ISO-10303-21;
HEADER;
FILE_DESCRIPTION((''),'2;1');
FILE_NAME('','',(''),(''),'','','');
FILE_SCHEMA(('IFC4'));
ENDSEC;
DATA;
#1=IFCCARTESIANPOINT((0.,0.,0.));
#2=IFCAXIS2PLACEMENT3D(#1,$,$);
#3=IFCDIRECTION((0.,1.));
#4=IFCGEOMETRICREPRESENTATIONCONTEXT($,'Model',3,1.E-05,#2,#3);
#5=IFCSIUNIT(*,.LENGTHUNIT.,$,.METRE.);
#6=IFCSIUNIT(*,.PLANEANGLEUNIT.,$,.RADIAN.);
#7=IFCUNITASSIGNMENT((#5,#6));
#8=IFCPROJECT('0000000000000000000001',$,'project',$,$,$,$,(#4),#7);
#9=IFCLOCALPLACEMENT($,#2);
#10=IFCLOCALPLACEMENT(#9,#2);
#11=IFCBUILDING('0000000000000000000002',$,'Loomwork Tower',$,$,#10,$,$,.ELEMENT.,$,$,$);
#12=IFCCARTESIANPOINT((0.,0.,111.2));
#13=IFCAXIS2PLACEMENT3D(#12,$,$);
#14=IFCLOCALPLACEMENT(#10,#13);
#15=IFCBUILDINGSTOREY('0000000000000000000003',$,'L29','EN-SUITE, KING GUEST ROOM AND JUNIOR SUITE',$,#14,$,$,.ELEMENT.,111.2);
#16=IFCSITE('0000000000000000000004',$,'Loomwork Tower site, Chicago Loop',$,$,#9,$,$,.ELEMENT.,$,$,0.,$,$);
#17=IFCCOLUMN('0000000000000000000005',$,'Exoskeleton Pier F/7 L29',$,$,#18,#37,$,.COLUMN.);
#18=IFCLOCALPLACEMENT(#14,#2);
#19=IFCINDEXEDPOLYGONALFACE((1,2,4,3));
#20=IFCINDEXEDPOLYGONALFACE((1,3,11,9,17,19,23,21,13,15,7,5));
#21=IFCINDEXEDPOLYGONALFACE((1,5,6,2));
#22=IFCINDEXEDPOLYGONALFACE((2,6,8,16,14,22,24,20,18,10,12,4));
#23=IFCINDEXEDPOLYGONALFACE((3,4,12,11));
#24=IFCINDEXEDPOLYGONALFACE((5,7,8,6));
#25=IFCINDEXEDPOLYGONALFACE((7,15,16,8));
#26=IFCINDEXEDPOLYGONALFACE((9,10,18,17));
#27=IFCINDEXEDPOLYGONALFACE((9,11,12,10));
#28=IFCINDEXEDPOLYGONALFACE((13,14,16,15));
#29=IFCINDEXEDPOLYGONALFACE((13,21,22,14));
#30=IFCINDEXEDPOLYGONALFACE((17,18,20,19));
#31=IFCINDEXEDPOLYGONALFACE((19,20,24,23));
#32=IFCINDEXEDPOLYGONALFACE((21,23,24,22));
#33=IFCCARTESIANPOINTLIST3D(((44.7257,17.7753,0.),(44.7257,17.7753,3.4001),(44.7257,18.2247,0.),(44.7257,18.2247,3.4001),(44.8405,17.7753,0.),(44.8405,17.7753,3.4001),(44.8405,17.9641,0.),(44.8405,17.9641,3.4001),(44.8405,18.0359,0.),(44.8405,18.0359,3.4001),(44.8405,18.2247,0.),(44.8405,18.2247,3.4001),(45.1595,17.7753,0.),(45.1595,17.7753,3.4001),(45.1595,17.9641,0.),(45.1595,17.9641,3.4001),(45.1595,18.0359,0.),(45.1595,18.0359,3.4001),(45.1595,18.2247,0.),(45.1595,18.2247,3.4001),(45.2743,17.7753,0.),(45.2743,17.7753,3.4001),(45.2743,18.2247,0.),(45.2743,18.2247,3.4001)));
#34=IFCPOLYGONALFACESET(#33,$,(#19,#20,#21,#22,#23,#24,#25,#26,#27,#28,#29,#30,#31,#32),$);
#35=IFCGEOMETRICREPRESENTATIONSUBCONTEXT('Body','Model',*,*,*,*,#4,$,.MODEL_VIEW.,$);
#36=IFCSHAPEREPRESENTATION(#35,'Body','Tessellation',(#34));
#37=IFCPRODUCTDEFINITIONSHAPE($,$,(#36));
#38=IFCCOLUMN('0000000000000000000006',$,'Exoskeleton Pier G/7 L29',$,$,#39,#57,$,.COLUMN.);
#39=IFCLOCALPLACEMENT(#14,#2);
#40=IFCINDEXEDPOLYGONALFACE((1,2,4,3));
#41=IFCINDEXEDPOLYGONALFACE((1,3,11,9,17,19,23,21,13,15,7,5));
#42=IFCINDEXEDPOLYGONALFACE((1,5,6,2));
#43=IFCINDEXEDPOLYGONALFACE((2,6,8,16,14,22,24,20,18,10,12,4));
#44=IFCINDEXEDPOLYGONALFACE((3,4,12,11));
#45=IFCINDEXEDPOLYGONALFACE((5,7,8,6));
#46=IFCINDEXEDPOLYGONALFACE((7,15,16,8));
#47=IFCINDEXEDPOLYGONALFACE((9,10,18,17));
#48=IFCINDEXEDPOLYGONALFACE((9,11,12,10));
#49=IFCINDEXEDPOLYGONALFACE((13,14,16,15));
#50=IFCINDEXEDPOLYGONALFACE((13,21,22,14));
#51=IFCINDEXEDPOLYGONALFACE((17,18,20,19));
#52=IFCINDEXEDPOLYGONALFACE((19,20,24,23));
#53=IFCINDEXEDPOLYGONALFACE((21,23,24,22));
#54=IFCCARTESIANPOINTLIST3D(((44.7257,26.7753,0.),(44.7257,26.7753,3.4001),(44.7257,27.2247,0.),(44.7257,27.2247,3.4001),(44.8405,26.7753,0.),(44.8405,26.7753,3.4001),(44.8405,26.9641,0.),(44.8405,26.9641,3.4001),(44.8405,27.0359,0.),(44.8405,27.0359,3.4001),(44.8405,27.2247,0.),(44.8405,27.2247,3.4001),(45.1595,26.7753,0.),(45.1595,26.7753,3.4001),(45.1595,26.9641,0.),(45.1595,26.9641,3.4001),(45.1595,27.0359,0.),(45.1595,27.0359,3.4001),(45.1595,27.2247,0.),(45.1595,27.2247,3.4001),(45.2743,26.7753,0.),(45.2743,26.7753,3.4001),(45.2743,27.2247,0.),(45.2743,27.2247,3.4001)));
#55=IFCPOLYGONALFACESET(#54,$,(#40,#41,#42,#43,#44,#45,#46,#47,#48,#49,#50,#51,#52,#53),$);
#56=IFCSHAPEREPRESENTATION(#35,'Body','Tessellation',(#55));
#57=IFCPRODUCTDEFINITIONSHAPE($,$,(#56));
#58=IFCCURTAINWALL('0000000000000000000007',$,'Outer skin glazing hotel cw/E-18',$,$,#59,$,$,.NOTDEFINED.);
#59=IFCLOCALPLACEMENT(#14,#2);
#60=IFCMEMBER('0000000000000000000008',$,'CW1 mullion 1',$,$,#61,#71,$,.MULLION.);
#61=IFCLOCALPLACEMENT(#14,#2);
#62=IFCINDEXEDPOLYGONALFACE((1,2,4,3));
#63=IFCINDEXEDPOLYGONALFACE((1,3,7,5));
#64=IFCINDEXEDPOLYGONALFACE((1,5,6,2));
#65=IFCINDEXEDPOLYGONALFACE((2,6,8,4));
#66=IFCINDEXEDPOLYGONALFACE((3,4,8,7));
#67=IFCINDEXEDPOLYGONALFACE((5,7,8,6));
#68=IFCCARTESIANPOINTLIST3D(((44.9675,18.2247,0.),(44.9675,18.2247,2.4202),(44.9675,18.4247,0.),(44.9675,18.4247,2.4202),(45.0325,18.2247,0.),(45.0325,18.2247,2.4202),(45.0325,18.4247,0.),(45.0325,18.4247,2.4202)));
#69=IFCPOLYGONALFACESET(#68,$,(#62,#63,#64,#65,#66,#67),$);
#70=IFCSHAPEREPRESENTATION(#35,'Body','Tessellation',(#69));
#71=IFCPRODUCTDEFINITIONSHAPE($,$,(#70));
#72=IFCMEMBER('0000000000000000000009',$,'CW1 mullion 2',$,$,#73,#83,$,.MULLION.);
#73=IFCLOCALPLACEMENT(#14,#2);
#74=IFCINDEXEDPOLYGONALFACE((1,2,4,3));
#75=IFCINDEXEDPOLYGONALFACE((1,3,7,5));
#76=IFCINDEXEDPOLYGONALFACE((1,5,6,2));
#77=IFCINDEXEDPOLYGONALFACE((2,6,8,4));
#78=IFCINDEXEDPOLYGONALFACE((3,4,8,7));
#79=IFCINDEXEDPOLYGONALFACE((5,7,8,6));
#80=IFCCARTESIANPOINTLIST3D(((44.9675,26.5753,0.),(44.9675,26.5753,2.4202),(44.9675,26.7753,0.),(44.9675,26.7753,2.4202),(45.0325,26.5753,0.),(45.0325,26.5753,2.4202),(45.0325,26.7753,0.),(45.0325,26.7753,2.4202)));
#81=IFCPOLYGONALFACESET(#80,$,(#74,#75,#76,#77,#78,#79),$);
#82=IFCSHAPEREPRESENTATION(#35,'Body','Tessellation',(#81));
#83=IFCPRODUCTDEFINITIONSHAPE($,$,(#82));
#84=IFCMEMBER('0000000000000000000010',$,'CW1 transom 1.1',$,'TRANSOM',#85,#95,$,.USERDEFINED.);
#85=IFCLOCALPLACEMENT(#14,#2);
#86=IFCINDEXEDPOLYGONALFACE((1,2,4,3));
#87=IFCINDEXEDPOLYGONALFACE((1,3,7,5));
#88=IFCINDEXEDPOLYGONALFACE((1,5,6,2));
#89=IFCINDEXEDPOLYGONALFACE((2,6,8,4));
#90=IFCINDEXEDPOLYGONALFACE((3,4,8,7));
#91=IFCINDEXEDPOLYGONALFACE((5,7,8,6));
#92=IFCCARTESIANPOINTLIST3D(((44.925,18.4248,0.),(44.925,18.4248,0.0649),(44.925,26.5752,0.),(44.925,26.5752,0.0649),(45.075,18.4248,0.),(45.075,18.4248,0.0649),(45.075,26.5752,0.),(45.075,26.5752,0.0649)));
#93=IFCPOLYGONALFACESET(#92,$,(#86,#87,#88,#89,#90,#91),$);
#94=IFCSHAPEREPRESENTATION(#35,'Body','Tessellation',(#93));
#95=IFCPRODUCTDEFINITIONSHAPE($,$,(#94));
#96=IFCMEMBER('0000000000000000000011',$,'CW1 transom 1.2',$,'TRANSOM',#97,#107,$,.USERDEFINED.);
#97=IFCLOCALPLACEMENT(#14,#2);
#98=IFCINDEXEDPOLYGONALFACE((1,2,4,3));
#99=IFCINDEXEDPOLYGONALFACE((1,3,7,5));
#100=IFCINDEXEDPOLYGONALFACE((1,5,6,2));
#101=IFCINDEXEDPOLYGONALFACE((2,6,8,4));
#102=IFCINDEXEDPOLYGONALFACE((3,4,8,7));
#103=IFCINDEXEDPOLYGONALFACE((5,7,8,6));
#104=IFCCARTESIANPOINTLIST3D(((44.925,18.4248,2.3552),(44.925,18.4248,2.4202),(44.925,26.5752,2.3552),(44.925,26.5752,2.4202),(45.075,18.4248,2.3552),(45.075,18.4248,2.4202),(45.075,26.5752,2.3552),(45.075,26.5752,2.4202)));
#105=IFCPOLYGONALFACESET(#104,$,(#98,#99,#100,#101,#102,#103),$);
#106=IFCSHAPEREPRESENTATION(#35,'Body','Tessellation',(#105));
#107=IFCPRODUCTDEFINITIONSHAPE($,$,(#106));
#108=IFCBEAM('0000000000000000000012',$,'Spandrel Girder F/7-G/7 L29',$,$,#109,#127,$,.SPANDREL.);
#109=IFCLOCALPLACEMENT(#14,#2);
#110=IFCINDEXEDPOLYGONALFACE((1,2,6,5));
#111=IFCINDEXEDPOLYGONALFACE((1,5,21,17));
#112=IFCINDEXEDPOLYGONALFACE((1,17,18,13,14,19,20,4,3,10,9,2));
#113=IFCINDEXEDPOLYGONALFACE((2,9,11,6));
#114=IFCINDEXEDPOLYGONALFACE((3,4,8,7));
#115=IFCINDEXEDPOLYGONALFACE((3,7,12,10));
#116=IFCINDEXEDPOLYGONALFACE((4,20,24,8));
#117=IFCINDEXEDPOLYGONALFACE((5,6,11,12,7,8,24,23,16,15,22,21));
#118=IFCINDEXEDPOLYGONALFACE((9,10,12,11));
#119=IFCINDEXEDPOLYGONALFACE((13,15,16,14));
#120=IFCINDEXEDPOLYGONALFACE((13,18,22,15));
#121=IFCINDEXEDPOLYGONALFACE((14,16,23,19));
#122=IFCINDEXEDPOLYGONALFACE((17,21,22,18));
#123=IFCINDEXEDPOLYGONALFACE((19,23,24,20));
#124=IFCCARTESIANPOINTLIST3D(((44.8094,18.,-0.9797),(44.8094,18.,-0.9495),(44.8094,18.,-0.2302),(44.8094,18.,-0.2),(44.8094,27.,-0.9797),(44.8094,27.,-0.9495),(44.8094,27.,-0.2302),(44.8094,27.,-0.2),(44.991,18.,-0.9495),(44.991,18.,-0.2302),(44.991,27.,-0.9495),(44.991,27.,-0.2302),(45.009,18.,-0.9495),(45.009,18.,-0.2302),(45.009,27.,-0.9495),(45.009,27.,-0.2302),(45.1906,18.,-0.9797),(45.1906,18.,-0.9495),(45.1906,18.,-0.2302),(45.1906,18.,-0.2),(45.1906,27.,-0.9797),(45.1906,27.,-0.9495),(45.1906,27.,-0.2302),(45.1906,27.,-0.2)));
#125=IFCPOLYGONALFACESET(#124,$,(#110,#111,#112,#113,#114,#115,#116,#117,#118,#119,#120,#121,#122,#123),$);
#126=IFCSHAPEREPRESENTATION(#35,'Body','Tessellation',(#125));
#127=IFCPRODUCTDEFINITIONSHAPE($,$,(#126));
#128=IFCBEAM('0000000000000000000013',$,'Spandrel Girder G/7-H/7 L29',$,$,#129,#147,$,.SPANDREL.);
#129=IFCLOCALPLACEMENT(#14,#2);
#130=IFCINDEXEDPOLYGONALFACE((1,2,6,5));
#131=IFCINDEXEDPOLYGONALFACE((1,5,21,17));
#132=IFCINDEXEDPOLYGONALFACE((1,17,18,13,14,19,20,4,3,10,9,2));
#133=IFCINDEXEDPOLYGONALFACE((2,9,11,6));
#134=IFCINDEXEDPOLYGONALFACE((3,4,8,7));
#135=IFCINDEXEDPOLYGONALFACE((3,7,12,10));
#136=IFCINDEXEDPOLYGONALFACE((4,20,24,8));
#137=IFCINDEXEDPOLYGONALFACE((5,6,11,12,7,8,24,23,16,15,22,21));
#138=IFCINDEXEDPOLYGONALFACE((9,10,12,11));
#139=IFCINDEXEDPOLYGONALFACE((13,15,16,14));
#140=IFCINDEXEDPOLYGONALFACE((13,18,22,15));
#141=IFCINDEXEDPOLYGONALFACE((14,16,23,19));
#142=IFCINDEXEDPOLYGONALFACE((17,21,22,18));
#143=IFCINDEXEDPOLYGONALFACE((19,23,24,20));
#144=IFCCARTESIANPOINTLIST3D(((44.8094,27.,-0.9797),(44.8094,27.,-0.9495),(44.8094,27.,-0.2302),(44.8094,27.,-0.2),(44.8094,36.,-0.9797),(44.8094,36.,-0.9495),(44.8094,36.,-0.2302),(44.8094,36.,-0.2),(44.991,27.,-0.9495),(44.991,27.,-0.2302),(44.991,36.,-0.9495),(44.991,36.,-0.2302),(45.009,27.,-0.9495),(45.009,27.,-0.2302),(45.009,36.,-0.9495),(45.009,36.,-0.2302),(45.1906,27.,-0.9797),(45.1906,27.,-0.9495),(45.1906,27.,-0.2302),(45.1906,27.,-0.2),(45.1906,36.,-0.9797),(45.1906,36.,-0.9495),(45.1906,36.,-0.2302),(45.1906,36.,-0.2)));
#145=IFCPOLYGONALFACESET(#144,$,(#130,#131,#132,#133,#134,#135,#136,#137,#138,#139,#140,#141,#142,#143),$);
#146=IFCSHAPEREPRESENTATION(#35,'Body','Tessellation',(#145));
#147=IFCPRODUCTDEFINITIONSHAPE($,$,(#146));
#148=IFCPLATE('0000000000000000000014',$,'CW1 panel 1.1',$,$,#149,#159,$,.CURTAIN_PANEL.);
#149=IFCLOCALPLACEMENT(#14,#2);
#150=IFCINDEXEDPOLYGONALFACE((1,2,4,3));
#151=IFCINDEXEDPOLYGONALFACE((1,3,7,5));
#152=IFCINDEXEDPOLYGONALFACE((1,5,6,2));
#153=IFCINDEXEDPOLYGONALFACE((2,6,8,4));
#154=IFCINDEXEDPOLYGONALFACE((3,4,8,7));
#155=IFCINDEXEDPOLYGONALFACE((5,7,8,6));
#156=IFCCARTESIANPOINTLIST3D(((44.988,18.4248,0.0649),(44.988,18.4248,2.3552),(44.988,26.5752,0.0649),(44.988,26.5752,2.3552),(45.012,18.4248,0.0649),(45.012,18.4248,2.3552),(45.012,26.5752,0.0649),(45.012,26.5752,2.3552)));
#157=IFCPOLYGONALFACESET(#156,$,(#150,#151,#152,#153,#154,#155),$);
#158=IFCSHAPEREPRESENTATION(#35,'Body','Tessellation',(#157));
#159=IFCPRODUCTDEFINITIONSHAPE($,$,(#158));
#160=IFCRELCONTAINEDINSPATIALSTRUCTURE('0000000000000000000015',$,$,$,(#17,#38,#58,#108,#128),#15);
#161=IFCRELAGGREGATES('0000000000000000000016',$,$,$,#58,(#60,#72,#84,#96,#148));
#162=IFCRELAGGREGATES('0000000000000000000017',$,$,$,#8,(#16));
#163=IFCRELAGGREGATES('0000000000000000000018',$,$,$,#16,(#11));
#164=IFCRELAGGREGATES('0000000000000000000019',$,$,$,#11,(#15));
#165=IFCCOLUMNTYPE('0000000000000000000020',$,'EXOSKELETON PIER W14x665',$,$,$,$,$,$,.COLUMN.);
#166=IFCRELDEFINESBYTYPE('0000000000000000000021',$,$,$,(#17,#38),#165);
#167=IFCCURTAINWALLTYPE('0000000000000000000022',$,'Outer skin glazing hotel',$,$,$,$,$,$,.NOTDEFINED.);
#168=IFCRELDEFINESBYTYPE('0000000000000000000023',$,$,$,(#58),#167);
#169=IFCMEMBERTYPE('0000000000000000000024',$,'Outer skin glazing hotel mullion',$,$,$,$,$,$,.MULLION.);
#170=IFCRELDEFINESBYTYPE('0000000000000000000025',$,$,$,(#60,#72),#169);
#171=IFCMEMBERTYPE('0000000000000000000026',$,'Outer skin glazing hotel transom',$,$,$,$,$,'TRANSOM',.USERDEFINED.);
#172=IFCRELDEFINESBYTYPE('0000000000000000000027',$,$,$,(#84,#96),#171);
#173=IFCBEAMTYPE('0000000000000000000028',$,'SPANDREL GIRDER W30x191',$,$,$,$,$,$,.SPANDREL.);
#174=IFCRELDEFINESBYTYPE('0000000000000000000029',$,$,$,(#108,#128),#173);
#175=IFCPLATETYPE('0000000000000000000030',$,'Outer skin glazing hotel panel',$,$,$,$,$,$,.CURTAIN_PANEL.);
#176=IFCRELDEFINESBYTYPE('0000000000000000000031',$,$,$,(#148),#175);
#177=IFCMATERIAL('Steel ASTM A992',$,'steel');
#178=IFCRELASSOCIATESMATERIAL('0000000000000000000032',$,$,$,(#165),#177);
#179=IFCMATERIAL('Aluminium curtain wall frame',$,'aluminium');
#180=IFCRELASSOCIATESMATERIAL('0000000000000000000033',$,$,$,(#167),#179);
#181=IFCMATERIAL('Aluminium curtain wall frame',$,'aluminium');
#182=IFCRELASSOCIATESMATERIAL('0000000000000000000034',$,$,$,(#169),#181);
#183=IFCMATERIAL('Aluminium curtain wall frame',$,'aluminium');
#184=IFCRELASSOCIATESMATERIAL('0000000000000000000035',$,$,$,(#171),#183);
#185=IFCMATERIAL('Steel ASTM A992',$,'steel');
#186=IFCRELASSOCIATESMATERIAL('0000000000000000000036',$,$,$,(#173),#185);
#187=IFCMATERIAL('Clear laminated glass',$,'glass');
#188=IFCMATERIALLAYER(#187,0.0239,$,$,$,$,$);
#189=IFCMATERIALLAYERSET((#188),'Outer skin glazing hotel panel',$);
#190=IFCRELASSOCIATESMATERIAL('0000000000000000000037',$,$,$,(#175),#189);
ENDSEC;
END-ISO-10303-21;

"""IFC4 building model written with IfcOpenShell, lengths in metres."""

from ifc_helpers import new_model, si_unit, direction, frame, origin, origin_2d, place, context, subcontext, project, spatial, rectangle, i_section, extrude, material, layer, layer_set, material_profile, profile_set, type_object, element, aggregate, save


model = new_model("IFC4")

# Units and contexts
model_context = context("Model", 3, precision=1e-05, world=origin(), true_north=direction((0.0, 1.0)))
body_context = subcontext(model_context, "Body", "Model", "MODEL_VIEW")
ifc_project = project(units=[si_unit("LENGTHUNIT", "METRE"), si_unit("PLANEANGLEUNIT", "RADIAN")], contexts=[model_context])

# Site, building, storey
site_placement = place(None, origin())
site = spatial("IfcSite", under=ifc_project, at=site_placement, Name="Loomwork Tower site, Chicago Loop", CompositionType="ELEMENT", RefElevation=0.0)
building_placement = place(site_placement, origin())
building = spatial("IfcBuilding", under=site, at=building_placement, Name="Loomwork Tower", CompositionType="ELEMENT")
storey_placement = place(building_placement, frame((0.0, 0.0, 111.2)))
storey = spatial("IfcBuildingStorey", under=building, at=storey_placement, Name="L29", Description="EN-SUITE, KING GUEST ROOM AND JUNIOR SUITE", CompositionType="ELEMENT", Elevation=111.2)

# Columns
ifc_material_1 = material(Name="Steel ASTM A992", Category="steel")
ifc_material_profile_1 = material_profile(ifc_material_1, i_section(OverallWidth=0.4495, OverallDepth=0.5486, WebThickness=0.0718, FlangeThickness=0.1147, at=origin_2d()), Name="W14x665")
ifc_profile_set_1 = profile_set([ifc_material_profile_1], Name="Steel ASTM A992")
column_type = type_object("IfcColumnType", Name="EXOSKELETON PIER W14x665", PredefinedType="COLUMN", material=ifc_profile_set_1)
for number, where, z_axis, x_axis, name in (
    (1, (45.0, 18.0, 0.0), (0.0, 0.0, 1.0), (0.0, 1.0, 0.0), "Exoskeleton Pier F/7 L29"),
    (2, (45.0, 27.0, 0.0), (0.0, 0.0, 1.0), (0.0, 1.0, 0.0), "Exoskeleton Pier G/7 L29"),
):
    element("IfcColumn", number, at=place(storey_placement, frame(where, z_axis=z_axis, x_axis=x_axis)), inside=storey, type_object=column_type, Name=name, PredefinedType="COLUMN", context=body_context, shape_type="SweptSolid", body=[
        extrude(i_section(OverallWidth=0.4495, OverallDepth=0.5486, WebThickness=0.0718, FlangeThickness=0.1147, at=origin_2d()), origin(), (0.0, 0.0, 1.0), 3.4001),
    ])

# Curtain wall, members
ifc_material_2 = material(Name="Aluminium curtain wall frame", Category="aluminium")
curtain_wall_type = type_object("IfcCurtainWallType", Name="Outer skin glazing hotel", PredefinedType="NOTDEFINED", material=ifc_material_2)
curtain_wall_placement = place(storey_placement, origin())
curtain_wall = element("IfcCurtainWall", 3, at=curtain_wall_placement, inside=storey, type_object=curtain_wall_type, Name="Outer skin glazing hotel cw/E-18", PredefinedType="NOTDEFINED")
ifc_material_3 = material(Name="Aluminium curtain wall frame", Category="aluminium")
ifc_material_profile_2 = material_profile(ifc_material_3, rectangle(XDim=0.0649, YDim=0.2, at=origin_2d()), Name="AL 65x200")
ifc_profile_set_2 = profile_set([ifc_material_profile_2], Name="Aluminium curtain wall frame")
member_type_1 = type_object("IfcMemberType", Name="Outer skin glazing hotel mullion", PredefinedType="MULLION", material=ifc_profile_set_2)
member_1_placement = place(storey_placement, frame((45.0, 18.3247, 0.0), z_axis=(0.0, 0.0, 1.0), x_axis=(-1.0, 0.0, 0.0)))
member_1 = element("IfcMember", 4, at=member_1_placement, type_object=member_type_1, Name="CW1 mullion 1", PredefinedType="MULLION", context=body_context, shape_type="SweptSolid", body=[
    extrude(rectangle(XDim=0.0649, YDim=0.2, at=origin_2d()), origin(), (0.0, 0.0, 1.0), 2.4202),
])
member_2_placement = place(storey_placement, frame((45.0, 26.6753, 0.0), z_axis=(0.0, 0.0, 1.0), x_axis=(-1.0, 0.0, 0.0)))
member_2 = element("IfcMember", 5, at=member_2_placement, type_object=member_type_1, Name="CW1 mullion 2", PredefinedType="MULLION", context=body_context, shape_type="SweptSolid", body=[
    extrude(rectangle(XDim=0.0649, YDim=0.2, at=origin_2d()), origin(), (0.0, 0.0, 1.0), 2.4202),
])
ifc_material_4 = material(Name="Aluminium curtain wall frame", Category="aluminium")
ifc_material_profile_3 = material_profile(ifc_material_4, rectangle(XDim=0.1499, YDim=0.0649, at=origin_2d()), Name="AL 65x150")
ifc_profile_set_3 = profile_set([ifc_material_profile_3], Name="Aluminium curtain wall frame")
member_type_2 = type_object("IfcMemberType", Name="Outer skin glazing hotel transom", ElementType="TRANSOM", PredefinedType="USERDEFINED", material=ifc_profile_set_3)
member_3_placement = place(storey_placement, frame((45.0, 18.4248, 0.0325), z_axis=(0.0, 1.0, 0.0), x_axis=(-1.0, 0.0, 0.0)))
member_3 = element("IfcMember", 6, at=member_3_placement, type_object=member_type_2, Name="CW1 transom 1.1", ObjectType="TRANSOM", PredefinedType="USERDEFINED", context=body_context, shape_type="SweptSolid", body=[
    extrude(rectangle(XDim=0.1499, YDim=0.0649, at=origin_2d()), origin(), (0.0, 0.0, 1.0), 8.1504),
])
member_4_placement = place(storey_placement, frame((45.0, 18.4248, 2.3877), z_axis=(0.0, 1.0, 0.0), x_axis=(-1.0, 0.0, 0.0)))
member_4 = element("IfcMember", 7, at=member_4_placement, type_object=member_type_2, Name="CW1 transom 1.2", ObjectType="TRANSOM", PredefinedType="USERDEFINED", context=body_context, shape_type="SweptSolid", body=[
    extrude(rectangle(XDim=0.1499, YDim=0.0649, at=origin_2d()), origin(), (0.0, 0.0, 1.0), 8.1504),
])

# Beams
ifc_material_5 = material(Name="Steel ASTM A992", Category="steel")
ifc_material_profile_4 = material_profile(ifc_material_5, i_section(OverallWidth=0.3811, OverallDepth=0.7798, WebThickness=0.0181, FlangeThickness=0.0303, at=origin_2d()), Name="W30x191")
ifc_profile_set_4 = profile_set([ifc_material_profile_4], Name="Steel ASTM A992")
beam_type = type_object("IfcBeamType", Name="SPANDREL GIRDER W30x191", PredefinedType="SPANDREL", material=ifc_profile_set_4)
for number, where, z_axis, x_axis, name in (
    (8, (45.0, 18.0, -0.5898), (0.0, 1.0, 0.0), (-1.0, 0.0, 0.0), "Spandrel Girder F/7-G/7 L29"),
    (9, (45.0, 27.0, -0.5898), (0.0, 1.0, 0.0), (-1.0, 0.0, 0.0), "Spandrel Girder G/7-H/7 L29"),
):
    element("IfcBeam", number, at=place(storey_placement, frame(where, z_axis=z_axis, x_axis=x_axis)), inside=storey, type_object=beam_type, Name=name, PredefinedType="SPANDREL", context=body_context, shape_type="SweptSolid", body=[
        extrude(i_section(OverallWidth=0.3811, OverallDepth=0.7798, WebThickness=0.0181, FlangeThickness=0.0303, at=origin_2d()), origin(), (0.0, 0.0, 1.0), 9.0),
    ])

# Plate
ifc_material_6 = material(Name="Clear laminated glass", Category="glass")
ifc_layer_1 = layer(ifc_material_6, 0.0239)
ifc_layer_set_1 = layer_set([ifc_layer_1], Name="Outer skin glazing hotel panel")
plate_type = type_object("IfcPlateType", Name="Outer skin glazing hotel panel", PredefinedType="CURTAIN_PANEL", material=ifc_layer_set_1)
plate_placement = place(storey_placement, frame((45.0, 22.5, 0.0649), z_axis=(0.0, 0.0, 1.0), x_axis=(0.0, 1.0, 0.0)))
plate = element("IfcPlate", 10, at=plate_placement, type_object=plate_type, Name="CW1 panel 1.1", PredefinedType="CURTAIN_PANEL", context=body_context, shape_type="SweptSolid", body=[
    extrude(rectangle(XDim=8.1504, YDim=0.0239, at=origin_2d()), origin(), (0.0, 0.0, 1.0), 2.2903),
])
aggregate(curtain_wall, [member_1, member_2, member_3, member_4, plate])

save(model, "model.ifc")
